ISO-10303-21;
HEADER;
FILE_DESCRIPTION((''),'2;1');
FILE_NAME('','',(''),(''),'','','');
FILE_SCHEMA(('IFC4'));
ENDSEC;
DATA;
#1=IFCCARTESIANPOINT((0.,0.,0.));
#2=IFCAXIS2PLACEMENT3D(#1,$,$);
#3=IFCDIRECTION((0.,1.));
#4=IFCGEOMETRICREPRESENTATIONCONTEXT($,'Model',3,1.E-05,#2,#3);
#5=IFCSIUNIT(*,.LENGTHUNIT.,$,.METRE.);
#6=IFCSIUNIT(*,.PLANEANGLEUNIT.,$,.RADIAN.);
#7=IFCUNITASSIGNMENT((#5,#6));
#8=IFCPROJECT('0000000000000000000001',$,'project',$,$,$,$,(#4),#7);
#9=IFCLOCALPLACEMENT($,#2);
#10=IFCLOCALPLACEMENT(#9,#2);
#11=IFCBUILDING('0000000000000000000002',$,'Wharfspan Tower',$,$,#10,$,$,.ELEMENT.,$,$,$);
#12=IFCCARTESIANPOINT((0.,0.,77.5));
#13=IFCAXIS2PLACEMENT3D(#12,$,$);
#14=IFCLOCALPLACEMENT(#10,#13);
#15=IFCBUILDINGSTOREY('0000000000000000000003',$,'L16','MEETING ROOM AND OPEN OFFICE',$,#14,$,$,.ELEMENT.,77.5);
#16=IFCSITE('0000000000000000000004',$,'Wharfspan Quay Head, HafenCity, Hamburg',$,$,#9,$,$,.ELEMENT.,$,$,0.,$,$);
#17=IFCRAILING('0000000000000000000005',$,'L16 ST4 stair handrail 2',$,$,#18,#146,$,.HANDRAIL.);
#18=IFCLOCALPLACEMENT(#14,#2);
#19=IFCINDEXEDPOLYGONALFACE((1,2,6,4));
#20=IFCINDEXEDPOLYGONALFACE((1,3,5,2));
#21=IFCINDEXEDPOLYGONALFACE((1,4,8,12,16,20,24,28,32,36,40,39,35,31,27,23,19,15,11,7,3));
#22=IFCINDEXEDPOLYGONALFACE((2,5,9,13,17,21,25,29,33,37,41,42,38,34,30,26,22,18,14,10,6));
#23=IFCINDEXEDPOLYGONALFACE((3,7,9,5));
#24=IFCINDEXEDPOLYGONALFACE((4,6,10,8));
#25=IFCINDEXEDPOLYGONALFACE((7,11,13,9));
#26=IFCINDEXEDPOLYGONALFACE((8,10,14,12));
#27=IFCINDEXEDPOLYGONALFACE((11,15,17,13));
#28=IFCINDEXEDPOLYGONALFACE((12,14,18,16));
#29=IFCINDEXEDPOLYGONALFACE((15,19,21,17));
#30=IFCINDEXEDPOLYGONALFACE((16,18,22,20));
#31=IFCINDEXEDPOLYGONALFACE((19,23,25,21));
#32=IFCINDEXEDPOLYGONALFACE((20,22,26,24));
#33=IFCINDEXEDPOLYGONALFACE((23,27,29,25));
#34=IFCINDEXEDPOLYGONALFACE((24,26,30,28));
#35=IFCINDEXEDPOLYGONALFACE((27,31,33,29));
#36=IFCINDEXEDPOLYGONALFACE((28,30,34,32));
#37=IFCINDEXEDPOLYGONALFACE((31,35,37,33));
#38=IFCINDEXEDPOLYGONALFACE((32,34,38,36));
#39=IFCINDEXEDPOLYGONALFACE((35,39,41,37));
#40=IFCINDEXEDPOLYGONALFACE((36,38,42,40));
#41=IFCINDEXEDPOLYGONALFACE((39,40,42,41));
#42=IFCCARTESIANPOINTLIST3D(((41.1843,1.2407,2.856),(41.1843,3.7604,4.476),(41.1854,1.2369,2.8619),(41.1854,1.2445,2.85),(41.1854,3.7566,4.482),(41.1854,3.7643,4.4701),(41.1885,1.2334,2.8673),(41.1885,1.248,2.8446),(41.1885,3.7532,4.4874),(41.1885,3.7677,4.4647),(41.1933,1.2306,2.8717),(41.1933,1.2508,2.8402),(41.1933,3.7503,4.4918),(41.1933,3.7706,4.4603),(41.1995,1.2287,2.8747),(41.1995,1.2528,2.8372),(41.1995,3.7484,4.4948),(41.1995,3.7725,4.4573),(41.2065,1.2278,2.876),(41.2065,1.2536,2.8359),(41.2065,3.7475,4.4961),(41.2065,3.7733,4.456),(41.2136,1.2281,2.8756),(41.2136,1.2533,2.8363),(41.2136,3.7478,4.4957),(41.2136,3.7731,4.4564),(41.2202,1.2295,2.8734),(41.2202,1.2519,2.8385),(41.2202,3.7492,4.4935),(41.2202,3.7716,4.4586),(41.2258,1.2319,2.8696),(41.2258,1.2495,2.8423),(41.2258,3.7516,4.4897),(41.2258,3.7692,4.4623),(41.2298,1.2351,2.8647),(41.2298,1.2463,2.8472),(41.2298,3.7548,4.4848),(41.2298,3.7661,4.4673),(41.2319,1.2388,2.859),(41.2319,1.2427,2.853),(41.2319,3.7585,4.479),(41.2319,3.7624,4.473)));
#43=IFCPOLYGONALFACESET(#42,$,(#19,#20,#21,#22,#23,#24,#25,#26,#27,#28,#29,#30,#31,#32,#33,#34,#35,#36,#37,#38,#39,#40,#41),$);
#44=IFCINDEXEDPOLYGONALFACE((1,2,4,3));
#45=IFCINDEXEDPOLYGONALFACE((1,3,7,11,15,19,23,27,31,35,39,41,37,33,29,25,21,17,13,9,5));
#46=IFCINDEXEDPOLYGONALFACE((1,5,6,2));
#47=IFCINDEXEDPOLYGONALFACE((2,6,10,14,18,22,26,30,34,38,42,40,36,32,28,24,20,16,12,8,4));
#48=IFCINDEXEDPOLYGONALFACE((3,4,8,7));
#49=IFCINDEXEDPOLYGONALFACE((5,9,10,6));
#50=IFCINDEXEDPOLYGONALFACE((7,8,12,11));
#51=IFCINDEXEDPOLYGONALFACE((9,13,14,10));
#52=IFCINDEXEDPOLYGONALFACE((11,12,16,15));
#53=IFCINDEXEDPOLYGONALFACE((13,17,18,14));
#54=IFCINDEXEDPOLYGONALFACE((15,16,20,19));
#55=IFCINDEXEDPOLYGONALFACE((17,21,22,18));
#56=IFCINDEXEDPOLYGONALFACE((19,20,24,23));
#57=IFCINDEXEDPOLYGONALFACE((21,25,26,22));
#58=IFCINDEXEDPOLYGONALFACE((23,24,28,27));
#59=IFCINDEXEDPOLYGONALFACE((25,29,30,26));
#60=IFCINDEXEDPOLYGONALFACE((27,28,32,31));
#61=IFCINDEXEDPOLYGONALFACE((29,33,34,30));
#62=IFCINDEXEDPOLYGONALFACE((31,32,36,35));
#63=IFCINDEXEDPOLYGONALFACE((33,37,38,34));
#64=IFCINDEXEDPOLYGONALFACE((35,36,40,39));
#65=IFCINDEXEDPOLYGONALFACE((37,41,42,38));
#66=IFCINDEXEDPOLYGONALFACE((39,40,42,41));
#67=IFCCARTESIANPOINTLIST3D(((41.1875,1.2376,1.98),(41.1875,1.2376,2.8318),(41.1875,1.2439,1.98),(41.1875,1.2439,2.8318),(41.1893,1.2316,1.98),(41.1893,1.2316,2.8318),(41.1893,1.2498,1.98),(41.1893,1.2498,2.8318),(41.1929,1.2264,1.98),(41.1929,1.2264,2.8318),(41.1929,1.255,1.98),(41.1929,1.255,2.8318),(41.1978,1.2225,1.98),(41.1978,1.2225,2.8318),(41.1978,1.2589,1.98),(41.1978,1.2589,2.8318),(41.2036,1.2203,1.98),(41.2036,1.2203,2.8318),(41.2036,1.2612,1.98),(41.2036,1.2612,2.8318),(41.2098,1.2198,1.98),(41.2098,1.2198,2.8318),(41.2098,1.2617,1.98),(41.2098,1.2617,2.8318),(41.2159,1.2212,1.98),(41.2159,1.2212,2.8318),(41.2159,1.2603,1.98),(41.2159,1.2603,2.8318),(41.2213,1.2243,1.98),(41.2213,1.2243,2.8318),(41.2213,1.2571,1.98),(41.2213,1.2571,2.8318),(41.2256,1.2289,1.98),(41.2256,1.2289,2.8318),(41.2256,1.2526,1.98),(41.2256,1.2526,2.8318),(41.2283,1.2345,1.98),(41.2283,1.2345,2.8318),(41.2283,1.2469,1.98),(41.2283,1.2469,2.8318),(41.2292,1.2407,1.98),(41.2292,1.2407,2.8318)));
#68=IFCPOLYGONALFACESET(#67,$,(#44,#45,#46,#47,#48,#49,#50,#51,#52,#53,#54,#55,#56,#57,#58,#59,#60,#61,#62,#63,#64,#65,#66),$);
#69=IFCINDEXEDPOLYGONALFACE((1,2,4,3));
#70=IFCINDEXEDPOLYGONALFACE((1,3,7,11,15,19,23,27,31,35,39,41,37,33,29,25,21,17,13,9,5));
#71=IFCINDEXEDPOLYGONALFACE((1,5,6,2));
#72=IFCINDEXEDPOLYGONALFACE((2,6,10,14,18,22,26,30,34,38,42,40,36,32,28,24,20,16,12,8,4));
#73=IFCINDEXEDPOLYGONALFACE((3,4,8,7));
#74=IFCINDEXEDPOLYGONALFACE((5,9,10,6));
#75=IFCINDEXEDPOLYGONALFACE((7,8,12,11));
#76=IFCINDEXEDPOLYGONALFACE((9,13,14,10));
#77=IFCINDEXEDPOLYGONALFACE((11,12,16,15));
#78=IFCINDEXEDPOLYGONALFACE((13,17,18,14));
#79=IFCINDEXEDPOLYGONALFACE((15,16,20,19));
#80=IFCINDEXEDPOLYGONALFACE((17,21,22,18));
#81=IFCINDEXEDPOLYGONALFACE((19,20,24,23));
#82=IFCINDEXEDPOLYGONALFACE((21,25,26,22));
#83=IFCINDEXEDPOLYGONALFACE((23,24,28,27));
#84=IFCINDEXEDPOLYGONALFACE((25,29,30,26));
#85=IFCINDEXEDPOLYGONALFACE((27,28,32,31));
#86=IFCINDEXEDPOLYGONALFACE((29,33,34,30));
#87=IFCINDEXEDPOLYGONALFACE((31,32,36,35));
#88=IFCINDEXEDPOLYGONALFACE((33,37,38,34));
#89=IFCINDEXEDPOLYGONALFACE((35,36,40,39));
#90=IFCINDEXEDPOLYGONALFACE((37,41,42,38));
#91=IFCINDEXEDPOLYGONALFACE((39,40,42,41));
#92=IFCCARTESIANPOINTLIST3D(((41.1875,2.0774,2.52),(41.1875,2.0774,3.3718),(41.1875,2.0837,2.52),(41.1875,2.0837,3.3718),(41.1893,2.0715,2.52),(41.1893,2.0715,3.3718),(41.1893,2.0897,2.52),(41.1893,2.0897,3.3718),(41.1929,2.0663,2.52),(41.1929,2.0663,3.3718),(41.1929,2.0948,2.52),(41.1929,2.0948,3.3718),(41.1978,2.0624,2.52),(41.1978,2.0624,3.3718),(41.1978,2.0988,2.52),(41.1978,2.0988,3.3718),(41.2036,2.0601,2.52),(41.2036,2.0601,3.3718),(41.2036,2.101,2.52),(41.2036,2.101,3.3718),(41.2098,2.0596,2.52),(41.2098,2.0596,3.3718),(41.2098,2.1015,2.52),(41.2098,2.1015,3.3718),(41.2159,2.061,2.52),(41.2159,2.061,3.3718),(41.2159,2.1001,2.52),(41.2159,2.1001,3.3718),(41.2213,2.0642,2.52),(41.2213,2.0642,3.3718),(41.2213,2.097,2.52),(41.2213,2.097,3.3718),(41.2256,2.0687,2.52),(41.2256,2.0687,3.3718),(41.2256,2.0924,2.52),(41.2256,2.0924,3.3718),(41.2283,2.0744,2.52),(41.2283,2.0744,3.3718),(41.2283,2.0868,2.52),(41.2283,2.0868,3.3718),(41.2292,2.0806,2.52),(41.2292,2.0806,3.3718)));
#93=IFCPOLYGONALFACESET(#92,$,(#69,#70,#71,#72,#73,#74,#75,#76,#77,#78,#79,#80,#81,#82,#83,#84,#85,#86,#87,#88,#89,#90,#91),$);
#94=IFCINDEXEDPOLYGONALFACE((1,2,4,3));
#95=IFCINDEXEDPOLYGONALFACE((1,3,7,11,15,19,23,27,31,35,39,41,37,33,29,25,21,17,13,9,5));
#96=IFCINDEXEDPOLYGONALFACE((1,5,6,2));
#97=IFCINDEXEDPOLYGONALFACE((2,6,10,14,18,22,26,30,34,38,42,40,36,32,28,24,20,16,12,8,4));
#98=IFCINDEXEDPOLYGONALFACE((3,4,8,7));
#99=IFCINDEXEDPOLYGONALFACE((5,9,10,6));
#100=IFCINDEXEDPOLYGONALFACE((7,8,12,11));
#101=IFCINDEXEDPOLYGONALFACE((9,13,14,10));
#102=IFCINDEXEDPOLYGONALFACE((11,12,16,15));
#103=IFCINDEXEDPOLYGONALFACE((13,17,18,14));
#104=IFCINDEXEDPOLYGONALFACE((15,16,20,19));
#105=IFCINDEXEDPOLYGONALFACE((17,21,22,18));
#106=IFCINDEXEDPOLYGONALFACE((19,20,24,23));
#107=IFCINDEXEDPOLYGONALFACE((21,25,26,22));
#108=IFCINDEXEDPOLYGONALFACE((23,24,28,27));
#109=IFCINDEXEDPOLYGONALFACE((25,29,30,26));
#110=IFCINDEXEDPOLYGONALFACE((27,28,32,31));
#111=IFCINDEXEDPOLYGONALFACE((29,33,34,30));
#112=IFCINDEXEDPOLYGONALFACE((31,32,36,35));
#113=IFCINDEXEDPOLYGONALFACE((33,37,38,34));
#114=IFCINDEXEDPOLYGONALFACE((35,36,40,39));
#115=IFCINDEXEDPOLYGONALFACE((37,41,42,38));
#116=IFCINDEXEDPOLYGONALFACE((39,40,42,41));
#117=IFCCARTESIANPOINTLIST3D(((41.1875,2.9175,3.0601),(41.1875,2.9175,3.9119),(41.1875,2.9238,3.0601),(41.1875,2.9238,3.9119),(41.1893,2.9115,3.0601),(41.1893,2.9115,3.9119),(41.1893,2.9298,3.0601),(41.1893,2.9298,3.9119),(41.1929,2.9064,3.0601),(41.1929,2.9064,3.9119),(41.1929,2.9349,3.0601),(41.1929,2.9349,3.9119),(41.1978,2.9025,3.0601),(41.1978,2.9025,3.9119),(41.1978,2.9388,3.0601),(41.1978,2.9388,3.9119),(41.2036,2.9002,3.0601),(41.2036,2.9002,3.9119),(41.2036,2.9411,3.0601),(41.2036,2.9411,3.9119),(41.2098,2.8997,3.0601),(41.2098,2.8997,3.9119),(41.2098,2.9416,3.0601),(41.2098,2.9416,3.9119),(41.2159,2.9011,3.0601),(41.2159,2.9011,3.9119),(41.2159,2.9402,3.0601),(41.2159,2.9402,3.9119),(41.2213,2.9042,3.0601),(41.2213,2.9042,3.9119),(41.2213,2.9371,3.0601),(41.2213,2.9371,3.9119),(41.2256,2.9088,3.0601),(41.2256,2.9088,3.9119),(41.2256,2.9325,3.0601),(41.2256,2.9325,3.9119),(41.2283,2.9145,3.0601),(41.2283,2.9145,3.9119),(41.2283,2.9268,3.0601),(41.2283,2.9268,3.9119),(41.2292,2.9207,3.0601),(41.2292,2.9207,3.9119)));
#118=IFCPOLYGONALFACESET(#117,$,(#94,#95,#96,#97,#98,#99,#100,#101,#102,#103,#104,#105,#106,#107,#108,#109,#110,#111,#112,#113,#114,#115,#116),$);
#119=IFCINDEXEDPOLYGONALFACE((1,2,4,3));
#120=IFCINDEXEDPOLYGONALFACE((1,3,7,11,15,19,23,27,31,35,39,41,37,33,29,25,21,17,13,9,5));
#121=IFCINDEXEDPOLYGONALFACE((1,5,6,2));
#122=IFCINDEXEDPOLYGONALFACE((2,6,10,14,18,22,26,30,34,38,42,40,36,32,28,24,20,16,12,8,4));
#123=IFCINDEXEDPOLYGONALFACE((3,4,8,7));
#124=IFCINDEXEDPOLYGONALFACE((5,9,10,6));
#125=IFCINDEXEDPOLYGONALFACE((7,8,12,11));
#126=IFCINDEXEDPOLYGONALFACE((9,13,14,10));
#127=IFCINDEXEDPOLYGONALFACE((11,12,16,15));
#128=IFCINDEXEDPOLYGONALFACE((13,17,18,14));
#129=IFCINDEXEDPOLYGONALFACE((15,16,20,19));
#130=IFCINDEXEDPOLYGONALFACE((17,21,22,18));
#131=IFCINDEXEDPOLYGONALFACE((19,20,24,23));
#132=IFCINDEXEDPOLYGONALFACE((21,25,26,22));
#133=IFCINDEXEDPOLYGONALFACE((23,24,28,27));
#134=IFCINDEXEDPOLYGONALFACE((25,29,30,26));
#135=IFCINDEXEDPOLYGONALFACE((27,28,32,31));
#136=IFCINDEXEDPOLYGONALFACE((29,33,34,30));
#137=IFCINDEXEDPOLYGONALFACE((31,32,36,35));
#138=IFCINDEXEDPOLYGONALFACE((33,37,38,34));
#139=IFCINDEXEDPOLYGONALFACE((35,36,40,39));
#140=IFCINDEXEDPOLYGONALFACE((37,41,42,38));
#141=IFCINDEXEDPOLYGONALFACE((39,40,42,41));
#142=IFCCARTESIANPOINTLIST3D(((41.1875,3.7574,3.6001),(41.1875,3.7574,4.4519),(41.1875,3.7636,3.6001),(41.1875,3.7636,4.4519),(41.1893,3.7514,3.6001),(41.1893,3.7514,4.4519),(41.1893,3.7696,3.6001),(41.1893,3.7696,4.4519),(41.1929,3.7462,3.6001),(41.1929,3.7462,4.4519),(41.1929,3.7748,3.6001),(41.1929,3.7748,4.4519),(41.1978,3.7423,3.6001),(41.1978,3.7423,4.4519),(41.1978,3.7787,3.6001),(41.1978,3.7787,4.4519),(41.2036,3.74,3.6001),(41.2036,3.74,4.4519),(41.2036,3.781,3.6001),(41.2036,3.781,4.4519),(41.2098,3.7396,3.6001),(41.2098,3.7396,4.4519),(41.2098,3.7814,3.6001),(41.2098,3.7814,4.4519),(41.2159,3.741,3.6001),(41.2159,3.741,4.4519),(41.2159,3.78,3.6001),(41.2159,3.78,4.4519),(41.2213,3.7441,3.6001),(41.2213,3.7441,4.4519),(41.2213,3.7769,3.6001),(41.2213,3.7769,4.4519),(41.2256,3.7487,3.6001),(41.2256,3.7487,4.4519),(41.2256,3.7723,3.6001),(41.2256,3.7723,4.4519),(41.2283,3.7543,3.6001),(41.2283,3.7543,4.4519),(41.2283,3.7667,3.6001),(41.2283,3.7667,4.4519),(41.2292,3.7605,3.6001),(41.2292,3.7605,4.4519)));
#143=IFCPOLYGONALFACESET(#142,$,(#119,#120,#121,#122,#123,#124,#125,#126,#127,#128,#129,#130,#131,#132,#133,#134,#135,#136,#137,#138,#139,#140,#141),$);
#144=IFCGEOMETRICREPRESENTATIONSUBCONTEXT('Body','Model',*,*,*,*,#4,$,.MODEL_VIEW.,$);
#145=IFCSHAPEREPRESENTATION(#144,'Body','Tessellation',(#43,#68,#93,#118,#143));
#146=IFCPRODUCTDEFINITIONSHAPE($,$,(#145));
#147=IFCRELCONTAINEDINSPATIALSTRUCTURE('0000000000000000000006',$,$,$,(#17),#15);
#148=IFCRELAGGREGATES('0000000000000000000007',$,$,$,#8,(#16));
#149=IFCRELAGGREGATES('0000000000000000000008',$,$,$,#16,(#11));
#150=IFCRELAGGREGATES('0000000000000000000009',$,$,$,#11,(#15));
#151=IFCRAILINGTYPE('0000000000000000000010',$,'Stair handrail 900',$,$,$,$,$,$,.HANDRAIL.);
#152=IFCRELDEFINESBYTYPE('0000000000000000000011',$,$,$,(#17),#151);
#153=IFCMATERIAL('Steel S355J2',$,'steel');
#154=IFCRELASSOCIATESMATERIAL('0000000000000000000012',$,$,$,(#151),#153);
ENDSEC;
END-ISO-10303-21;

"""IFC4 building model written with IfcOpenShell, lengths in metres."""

from ifc_helpers import new_model, si_unit, direction, frame, origin, origin_2d, place, context, subcontext, project, spatial, circle, extrude, material, type_object, element, save


model = new_model("IFC4")

# Units and contexts
model_context = context("Model", 3, precision=1e-05, world=origin(), true_north=direction((0.0, 1.0)))
body_context = subcontext(model_context, "Body", "Model", "MODEL_VIEW")
ifc_project = project(units=[si_unit("LENGTHUNIT", "METRE"), si_unit("PLANEANGLEUNIT", "RADIAN")], contexts=[model_context])

# Site, building, storey
site_placement = place(None, origin())
site = spatial("IfcSite", under=ifc_project, at=site_placement, Name="Wharfspan Quay Head, HafenCity, Hamburg", CompositionType="ELEMENT", RefElevation=0.0)
building_placement = place(site_placement, origin())
building = spatial("IfcBuilding", under=site, at=building_placement, Name="Wharfspan Tower", CompositionType="ELEMENT")
storey_placement = place(building_placement, frame((0.0, 0.0, 77.5)))
storey = spatial("IfcBuildingStorey", under=building, at=storey_placement, Name="L16", Description="MEETING ROOM AND OPEN OFFICE", CompositionType="ELEMENT", Elevation=77.5)

# Railing
ifc_material_1 = material(Name="Steel S355J2", Category="steel")
railing_type_1 = type_object("IfcRailingType", Name="Stair handrail 900", PredefinedType="HANDRAIL", material=ifc_material_1)
railing_1_placement = place(storey_placement, frame((41.2083, 1.2407, 1.98)))
element("IfcRailing", 1, at=railing_1_placement, inside=storey, type_object=railing_type_1, Name="L16 ST4 stair handrail 2", PredefinedType="HANDRAIL", context=body_context, shape_type="SweptSolid", body=[
    extrude(circle(Radius=0.0239, at=origin_2d()), frame((0.0, 0.0, 0.876), z_axis=(0.0, 0.841139, 0.540819), x_axis=(-1.0, 0.0, 0.0)), (0.0, 0.0, 1.0), 2.9956),
    extrude(circle(Radius=0.021, at=origin_2d()), origin(), (0.0, 0.0, 1.0), 0.8518),
    extrude(circle(Radius=0.021, at=origin_2d()), frame((0.0, 0.8398, 0.54)), (0.0, 0.0, 1.0), 0.8518),
    extrude(circle(Radius=0.021, at=origin_2d()), frame((0.0, 1.6799, 1.0801)), (0.0, 0.0, 1.0), 0.8518),
    extrude(circle(Radius=0.021, at=origin_2d()), frame((0.0, 2.5198, 1.6201)), (0.0, 0.0, 1.0), 0.8518),
])

save(model, "model.ifc")
